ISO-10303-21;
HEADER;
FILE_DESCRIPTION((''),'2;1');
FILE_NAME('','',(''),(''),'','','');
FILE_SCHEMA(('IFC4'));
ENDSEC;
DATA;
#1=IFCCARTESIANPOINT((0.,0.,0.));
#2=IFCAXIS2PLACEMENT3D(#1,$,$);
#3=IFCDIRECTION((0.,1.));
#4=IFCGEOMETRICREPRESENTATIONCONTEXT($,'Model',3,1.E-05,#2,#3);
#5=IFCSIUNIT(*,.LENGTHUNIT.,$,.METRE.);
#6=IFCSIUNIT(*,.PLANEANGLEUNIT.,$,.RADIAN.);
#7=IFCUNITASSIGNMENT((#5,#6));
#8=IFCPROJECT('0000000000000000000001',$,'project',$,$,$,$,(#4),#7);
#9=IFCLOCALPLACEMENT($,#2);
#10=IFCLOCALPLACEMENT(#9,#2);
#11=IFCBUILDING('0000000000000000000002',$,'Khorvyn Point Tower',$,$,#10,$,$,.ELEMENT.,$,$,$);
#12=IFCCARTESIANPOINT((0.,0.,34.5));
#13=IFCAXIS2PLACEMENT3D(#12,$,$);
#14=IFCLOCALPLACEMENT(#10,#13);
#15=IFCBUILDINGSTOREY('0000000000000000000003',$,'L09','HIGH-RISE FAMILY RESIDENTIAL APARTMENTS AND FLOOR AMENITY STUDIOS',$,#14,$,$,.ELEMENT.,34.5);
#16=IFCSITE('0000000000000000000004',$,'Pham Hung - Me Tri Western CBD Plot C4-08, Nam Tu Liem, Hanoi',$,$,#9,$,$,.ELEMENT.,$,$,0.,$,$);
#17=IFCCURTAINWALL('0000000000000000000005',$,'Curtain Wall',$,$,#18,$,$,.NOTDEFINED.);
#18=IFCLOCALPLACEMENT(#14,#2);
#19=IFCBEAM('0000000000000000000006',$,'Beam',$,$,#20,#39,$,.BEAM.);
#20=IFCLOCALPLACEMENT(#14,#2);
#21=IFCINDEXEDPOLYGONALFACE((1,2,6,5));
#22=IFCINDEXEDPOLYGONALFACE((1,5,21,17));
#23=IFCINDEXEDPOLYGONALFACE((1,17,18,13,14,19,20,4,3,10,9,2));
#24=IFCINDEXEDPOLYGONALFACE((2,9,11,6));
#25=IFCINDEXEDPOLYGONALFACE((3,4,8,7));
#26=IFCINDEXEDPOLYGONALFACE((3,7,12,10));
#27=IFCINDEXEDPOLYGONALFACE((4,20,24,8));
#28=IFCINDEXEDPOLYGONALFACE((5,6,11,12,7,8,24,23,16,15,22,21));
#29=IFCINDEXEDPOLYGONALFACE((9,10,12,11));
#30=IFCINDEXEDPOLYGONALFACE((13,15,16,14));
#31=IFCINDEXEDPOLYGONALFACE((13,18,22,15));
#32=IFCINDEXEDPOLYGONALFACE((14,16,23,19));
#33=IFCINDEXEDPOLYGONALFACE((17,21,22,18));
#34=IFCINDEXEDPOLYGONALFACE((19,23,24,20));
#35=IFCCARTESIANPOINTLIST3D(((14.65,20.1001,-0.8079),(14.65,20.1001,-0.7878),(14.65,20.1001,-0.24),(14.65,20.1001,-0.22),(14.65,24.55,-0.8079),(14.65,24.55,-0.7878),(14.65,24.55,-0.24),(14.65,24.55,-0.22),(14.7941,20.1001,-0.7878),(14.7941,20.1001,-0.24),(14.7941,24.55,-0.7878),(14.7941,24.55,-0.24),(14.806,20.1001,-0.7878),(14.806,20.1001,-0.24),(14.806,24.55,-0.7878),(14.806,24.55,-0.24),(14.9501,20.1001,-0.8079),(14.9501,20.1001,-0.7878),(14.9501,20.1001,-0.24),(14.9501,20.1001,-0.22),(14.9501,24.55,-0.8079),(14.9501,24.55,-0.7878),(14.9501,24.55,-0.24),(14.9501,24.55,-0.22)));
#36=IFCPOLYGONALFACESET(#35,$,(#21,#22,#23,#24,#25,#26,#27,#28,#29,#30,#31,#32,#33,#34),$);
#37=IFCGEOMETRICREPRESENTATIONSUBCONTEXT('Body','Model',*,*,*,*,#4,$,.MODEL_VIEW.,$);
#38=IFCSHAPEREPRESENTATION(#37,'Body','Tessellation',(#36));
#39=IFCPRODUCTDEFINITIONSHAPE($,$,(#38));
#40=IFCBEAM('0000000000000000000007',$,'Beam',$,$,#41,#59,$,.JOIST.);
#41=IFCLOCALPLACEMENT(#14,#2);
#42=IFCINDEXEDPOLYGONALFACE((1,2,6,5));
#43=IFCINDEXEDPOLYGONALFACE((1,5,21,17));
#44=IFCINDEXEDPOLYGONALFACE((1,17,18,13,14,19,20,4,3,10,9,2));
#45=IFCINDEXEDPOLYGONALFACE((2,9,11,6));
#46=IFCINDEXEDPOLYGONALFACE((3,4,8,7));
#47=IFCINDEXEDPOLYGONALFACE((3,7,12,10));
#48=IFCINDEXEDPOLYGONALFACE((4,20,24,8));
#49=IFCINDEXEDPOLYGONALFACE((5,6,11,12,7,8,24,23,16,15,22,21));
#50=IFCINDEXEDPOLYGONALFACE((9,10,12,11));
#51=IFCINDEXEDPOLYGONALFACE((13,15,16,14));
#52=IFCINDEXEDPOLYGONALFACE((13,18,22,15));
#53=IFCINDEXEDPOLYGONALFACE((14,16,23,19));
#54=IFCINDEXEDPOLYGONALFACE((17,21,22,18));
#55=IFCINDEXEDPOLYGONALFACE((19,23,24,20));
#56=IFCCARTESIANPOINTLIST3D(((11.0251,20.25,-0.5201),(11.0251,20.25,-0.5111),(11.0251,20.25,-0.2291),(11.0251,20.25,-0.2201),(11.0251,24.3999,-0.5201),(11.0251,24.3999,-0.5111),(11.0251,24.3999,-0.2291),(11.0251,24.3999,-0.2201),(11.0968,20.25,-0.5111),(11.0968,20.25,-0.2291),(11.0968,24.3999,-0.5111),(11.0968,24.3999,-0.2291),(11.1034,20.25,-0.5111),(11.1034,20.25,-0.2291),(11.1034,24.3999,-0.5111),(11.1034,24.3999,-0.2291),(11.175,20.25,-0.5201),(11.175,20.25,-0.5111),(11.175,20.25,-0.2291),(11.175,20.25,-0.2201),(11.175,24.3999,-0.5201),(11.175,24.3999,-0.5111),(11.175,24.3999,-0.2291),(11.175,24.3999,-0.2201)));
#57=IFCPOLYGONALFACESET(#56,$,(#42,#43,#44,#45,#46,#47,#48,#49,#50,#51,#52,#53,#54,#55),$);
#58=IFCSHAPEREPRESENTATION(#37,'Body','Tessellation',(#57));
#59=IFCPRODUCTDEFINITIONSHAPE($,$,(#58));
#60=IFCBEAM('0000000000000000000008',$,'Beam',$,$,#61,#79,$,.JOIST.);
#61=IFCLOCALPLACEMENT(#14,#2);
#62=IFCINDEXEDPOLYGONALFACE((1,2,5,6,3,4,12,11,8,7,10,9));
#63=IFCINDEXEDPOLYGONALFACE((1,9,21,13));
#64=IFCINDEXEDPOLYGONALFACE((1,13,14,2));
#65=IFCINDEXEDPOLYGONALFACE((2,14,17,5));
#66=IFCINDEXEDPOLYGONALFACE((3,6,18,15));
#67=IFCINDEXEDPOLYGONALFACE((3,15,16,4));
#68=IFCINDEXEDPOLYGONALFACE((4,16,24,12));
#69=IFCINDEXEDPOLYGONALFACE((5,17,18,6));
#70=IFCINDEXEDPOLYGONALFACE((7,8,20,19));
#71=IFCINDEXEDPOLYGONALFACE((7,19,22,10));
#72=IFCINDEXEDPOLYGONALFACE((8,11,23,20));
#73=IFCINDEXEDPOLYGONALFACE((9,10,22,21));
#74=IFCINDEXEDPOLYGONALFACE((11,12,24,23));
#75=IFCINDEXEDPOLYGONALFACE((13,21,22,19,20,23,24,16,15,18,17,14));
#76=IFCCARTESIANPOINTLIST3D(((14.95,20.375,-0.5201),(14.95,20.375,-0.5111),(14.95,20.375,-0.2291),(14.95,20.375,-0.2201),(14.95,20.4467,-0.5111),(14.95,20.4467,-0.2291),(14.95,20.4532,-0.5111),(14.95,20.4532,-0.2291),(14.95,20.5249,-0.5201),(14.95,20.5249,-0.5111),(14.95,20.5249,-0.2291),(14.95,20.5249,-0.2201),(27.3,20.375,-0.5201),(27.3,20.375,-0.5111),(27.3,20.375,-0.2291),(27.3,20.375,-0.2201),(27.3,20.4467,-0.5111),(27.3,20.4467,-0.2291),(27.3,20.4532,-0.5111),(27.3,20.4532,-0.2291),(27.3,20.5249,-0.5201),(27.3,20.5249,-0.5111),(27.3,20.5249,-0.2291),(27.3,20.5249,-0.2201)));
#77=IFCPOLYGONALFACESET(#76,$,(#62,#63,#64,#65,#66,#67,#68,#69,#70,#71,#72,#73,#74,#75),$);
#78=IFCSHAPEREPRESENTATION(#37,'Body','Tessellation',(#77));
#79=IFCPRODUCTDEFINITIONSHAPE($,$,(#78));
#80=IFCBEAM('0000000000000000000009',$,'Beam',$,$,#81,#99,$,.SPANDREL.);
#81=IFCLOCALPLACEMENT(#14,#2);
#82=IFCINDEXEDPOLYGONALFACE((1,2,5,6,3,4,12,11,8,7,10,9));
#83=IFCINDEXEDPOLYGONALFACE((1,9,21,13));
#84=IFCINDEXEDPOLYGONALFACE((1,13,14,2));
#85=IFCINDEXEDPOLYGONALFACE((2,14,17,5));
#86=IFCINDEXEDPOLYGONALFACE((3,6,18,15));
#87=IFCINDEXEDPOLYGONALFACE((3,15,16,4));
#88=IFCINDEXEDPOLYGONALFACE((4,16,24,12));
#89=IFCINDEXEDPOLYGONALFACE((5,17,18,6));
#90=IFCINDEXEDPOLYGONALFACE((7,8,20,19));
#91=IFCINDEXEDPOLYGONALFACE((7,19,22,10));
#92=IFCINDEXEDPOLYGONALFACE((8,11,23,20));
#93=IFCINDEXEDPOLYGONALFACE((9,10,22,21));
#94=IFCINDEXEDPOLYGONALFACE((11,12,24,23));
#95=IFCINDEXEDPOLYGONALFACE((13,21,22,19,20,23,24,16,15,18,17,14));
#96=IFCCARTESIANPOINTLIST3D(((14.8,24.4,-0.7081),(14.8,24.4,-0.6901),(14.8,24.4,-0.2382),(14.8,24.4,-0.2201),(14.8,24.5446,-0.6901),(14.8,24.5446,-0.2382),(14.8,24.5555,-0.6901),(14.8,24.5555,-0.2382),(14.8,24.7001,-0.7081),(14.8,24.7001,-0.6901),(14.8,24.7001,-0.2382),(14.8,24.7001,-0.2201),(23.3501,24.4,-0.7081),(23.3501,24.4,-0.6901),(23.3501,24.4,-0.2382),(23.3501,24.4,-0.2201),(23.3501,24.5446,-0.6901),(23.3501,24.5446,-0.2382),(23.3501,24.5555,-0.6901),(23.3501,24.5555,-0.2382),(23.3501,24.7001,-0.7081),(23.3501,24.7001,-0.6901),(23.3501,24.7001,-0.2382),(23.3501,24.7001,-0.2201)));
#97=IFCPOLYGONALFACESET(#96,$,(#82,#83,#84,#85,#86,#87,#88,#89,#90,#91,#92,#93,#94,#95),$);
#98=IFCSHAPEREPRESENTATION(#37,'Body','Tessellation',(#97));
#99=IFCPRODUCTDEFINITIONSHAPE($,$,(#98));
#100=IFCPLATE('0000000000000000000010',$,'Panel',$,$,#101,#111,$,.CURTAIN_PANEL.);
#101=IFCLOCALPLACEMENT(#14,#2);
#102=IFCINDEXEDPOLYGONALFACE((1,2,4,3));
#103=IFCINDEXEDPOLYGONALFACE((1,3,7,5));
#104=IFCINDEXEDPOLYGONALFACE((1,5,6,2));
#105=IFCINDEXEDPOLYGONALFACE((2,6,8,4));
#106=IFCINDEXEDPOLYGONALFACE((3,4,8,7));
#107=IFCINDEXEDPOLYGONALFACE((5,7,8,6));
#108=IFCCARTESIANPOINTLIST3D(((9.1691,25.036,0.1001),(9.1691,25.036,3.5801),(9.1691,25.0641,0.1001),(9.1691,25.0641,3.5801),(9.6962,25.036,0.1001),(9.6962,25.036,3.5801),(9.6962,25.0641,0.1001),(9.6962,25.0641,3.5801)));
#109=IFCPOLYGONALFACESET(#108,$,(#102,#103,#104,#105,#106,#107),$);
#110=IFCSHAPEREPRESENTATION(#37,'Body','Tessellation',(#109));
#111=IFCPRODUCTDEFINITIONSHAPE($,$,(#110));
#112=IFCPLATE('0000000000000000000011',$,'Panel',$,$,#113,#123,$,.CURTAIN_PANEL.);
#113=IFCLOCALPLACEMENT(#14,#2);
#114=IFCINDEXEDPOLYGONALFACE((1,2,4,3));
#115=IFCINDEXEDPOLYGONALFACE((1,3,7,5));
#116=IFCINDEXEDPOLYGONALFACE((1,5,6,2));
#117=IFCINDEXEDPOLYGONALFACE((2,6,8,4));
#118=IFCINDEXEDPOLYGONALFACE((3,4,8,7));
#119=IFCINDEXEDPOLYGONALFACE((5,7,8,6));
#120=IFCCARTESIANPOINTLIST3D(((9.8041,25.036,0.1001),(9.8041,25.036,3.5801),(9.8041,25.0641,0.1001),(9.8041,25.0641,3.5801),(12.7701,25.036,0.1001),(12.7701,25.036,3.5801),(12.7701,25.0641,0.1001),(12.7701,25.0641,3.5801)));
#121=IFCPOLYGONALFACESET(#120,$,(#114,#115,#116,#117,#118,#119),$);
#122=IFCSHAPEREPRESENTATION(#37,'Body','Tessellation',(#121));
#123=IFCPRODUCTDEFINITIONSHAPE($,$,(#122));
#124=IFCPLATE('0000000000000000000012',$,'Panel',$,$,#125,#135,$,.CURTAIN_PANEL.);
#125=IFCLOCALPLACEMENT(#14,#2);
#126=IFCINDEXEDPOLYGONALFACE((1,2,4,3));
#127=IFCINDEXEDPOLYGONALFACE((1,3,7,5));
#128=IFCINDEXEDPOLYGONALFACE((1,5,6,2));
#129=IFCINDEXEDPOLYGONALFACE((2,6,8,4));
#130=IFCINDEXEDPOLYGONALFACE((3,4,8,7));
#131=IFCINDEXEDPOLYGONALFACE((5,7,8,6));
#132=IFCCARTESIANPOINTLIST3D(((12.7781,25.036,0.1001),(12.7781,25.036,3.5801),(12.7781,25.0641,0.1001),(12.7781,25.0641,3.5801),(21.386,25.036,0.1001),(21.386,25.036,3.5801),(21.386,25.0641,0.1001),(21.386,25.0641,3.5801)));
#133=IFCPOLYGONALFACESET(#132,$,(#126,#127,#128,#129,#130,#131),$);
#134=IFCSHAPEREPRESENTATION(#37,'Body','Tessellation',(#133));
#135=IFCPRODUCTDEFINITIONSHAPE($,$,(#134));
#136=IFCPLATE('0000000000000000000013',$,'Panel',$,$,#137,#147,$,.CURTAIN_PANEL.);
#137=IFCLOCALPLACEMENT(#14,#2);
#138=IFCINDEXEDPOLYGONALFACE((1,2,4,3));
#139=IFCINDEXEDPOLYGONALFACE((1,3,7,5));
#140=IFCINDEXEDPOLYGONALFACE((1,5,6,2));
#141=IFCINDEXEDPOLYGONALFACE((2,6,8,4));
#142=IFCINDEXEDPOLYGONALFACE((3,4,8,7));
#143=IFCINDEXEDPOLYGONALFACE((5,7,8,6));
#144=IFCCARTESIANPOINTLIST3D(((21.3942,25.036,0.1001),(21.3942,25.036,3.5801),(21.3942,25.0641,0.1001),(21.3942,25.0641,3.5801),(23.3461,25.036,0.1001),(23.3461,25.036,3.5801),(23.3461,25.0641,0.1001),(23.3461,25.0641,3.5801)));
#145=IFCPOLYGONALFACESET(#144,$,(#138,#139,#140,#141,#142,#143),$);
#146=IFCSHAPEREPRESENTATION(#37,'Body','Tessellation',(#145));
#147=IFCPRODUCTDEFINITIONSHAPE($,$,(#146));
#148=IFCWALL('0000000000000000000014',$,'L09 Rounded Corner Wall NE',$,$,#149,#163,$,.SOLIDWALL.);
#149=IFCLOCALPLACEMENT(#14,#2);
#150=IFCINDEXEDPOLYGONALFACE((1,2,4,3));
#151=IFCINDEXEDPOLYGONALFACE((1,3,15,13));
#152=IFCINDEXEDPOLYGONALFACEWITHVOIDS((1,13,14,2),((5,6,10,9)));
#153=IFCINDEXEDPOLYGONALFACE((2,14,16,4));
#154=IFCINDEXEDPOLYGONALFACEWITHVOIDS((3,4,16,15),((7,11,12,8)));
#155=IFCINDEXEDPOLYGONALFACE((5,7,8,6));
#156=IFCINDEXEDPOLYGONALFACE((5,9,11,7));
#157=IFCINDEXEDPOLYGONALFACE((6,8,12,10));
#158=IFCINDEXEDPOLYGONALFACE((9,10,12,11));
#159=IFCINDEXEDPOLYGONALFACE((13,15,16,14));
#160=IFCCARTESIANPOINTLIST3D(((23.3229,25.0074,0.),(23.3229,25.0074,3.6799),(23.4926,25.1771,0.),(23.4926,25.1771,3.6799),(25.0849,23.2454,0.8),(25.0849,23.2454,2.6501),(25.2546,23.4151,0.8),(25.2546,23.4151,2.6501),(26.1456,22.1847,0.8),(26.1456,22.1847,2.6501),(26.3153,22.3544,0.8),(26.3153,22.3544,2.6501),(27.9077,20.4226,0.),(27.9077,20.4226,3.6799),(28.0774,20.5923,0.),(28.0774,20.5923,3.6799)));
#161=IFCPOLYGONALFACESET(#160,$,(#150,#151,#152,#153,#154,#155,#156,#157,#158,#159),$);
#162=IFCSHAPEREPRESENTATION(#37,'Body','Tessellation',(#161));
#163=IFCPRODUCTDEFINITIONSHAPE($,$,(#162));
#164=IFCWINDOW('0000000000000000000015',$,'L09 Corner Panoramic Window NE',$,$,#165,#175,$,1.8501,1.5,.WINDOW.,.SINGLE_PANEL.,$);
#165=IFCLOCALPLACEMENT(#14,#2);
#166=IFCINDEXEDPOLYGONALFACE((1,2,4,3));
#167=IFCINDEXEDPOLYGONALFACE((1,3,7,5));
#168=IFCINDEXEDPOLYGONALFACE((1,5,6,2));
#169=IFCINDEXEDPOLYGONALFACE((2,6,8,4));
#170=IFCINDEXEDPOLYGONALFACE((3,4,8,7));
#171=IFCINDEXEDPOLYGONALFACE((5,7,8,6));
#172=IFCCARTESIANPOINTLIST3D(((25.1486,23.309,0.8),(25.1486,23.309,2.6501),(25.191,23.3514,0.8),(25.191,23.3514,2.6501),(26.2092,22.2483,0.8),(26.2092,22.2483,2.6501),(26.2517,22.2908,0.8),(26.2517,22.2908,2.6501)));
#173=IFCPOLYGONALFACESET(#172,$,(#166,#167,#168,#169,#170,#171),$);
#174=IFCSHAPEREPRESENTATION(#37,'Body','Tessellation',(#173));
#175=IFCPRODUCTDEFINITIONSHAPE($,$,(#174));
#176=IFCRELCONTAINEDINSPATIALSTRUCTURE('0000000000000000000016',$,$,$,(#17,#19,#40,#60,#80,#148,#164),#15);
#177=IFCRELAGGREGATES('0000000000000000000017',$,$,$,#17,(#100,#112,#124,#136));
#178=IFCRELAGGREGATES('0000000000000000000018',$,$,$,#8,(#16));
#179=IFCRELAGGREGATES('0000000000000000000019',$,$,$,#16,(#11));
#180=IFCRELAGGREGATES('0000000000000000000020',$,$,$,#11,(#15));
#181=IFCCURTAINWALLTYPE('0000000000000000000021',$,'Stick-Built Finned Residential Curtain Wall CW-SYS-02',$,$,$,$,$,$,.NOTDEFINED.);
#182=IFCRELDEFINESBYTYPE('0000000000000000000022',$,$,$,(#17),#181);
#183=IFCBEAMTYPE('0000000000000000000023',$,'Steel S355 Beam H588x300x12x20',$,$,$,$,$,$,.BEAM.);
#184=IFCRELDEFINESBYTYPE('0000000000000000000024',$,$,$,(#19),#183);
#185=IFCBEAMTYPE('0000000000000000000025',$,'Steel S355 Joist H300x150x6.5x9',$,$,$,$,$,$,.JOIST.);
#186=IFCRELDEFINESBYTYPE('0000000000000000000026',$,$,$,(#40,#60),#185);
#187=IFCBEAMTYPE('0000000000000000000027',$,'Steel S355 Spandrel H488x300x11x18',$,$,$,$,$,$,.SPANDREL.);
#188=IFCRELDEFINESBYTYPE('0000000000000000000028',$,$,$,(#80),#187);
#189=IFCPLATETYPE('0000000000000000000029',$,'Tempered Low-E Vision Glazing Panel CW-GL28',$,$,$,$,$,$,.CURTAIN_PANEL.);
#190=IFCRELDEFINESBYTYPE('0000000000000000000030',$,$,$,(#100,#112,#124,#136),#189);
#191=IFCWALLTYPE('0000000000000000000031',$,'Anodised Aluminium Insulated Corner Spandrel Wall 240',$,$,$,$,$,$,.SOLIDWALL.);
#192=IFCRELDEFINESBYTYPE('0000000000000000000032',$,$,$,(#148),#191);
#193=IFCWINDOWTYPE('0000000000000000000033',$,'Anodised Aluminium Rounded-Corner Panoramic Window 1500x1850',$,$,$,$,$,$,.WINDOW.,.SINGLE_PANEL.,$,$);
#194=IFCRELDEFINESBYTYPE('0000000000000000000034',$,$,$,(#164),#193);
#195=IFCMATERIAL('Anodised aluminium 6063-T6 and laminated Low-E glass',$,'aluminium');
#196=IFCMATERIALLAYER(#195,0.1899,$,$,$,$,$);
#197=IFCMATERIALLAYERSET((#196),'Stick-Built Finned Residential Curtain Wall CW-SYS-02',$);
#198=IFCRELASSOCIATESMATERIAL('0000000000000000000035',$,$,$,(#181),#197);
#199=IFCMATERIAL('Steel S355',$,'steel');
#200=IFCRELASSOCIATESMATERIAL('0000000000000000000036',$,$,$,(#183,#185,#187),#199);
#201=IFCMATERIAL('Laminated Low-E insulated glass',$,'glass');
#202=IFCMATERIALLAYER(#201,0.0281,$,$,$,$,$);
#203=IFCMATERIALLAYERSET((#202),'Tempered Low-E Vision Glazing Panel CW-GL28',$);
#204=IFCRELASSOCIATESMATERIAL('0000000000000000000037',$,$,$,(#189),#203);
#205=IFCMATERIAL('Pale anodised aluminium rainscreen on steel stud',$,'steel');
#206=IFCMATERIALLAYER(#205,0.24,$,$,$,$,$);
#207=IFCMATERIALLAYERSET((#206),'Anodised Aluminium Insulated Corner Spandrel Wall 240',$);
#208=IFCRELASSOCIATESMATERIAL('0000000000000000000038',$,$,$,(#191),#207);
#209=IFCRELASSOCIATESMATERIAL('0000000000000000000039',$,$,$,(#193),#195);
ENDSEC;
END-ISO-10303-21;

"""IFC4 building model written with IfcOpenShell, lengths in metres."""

from ifc_helpers import new_model, si_unit, direction, frame, frame_2d, origin, origin_2d, place, context, subcontext, project, spatial, rectangle, i_section, extrude, material, layer, layer_set, material_profile, profile_set, type_object, element, fill, aggregate, save


model = new_model("IFC4")

# Units and contexts
model_context = context("Model", 3, precision=1e-05, world=origin(), true_north=direction((0.0, 1.0)))
body_context = subcontext(model_context, "Body", "Model", "MODEL_VIEW")
ifc_project = project(units=[si_unit("LENGTHUNIT", "METRE"), si_unit("PLANEANGLEUNIT", "RADIAN")], contexts=[model_context])

# Site, building, storey
site_placement = place(None, origin())
site = spatial("IfcSite", under=ifc_project, at=site_placement, Name="Pham Hung - Me Tri Western CBD Plot C4-08, Nam Tu Liem, Hanoi", CompositionType="ELEMENT", RefElevation=0.0)
building_placement = place(site_placement, origin())
building = spatial("IfcBuilding", under=site, at=building_placement, Name="Khorvyn Point Tower", CompositionType="ELEMENT")
storey_placement = place(building_placement, frame((0.0, 0.0, 34.5)))
storey = spatial("IfcBuildingStorey", under=building, at=storey_placement, Name="L09", Description="HIGH-RISE FAMILY RESIDENTIAL APARTMENTS AND FLOOR AMENITY STUDIOS", CompositionType="ELEMENT", Elevation=34.5)

# Curtain wall
ifc_material_1 = material(Name="Anodised aluminium 6063-T6 and laminated Low-E glass", Category="aluminium")
ifc_layer_1 = layer(ifc_material_1, 0.1899)
ifc_layer_set_1 = layer_set([ifc_layer_1], Name="Stick-Built Finned Residential Curtain Wall CW-SYS-02")
curtain_wall_type = type_object("IfcCurtainWallType", Name="Stick-Built Finned Residential Curtain Wall CW-SYS-02", PredefinedType="NOTDEFINED", material=ifc_layer_set_1)
curtain_wall_1_placement = place(storey_placement, origin())
curtain_wall_1 = element("IfcCurtainWall", 1, at=curtain_wall_1_placement, inside=storey, type_object=curtain_wall_type, Name="Curtain Wall", PredefinedType="NOTDEFINED")

# Beams
ifc_material_2 = material(Name="Steel S355", Category="steel")
ifc_material_profile_1 = material_profile(ifc_material_2, i_section(OverallWidth=0.3, OverallDepth=0.5879, WebThickness=0.012, FlangeThickness=0.02, at=origin_2d()))
ifc_profile_set_1 = profile_set([ifc_material_profile_1], Name="Steel S355 H588x300x12x20")
beam_type_1 = type_object("IfcBeamType", Name="Steel S355 Beam H588x300x12x20", PredefinedType="BEAM", material=ifc_profile_set_1)
beam_1_placement = place(storey_placement, frame((14.8, 20.1001, -0.5139), z_axis=(0.0, 1.0, 0.0), x_axis=(-1.0, 0.0, 0.0)))
element("IfcBeam", 2, at=beam_1_placement, inside=storey, type_object=beam_type_1, Name="Beam", PredefinedType="BEAM", context=body_context, shape_type="SweptSolid", body=[
    extrude(i_section(OverallWidth=0.3, OverallDepth=0.5879, WebThickness=0.012, FlangeThickness=0.02, at=origin_2d()), origin(), (0.0, 0.0, 1.0), 4.45),
])
ifc_material_profile_2 = material_profile(ifc_material_2, i_section(OverallWidth=0.1499, OverallDepth=0.3, WebThickness=0.0066, FlangeThickness=0.009, at=origin_2d()))
ifc_profile_set_2 = profile_set([ifc_material_profile_2], Name="Steel S355 H300x150x6.5x9")
beam_type_2 = type_object("IfcBeamType", Name="Steel S355 Joist H300x150x6.5x9", PredefinedType="JOIST", material=ifc_profile_set_2)
beam_2_placement = place(storey_placement, frame((11.1001, 20.25, -0.3701), z_axis=(0.0, 1.0, 0.0), x_axis=(-1.0, 0.0, 0.0)))
element("IfcBeam", 3, at=beam_2_placement, inside=storey, type_object=beam_type_2, Name="Beam", PredefinedType="JOIST", context=body_context, shape_type="SweptSolid", body=[
    extrude(i_section(OverallWidth=0.1499, OverallDepth=0.3, WebThickness=0.0066, FlangeThickness=0.009, at=origin_2d()), origin(), (0.0, 0.0, 1.0), 4.1499),
])
beam_3_placement = place(storey_placement, frame((14.95, 20.45, -0.3701), z_axis=(1.0, 0.0, 0.0), x_axis=(0.0, 1.0, 0.0)))
element("IfcBeam", 4, at=beam_3_placement, inside=storey, type_object=beam_type_2, Name="Beam", PredefinedType="JOIST", context=body_context, shape_type="SweptSolid", body=[
    extrude(i_section(OverallWidth=0.1499, OverallDepth=0.3, WebThickness=0.0066, FlangeThickness=0.009, at=origin_2d()), origin(), (0.0, 0.0, 1.0), 12.3501),
])
ifc_material_profile_3 = material_profile(ifc_material_2, i_section(OverallWidth=0.3, OverallDepth=0.488, WebThickness=0.011, FlangeThickness=0.0181, at=origin_2d()))
ifc_profile_set_3 = profile_set([ifc_material_profile_3], Name="Steel S355 H488x300x11x18")
beam_type_3 = type_object("IfcBeamType", Name="Steel S355 Spandrel H488x300x11x18", PredefinedType="SPANDREL", material=ifc_profile_set_3)
beam_4_placement = place(storey_placement, frame((14.8, 24.55, -0.4641), z_axis=(1.0, 0.0, 0.0), x_axis=(0.0, 1.0, 0.0)))
element("IfcBeam", 5, at=beam_4_placement, inside=storey, type_object=beam_type_3, Name="Beam", PredefinedType="SPANDREL", context=body_context, shape_type="SweptSolid", body=[
    extrude(i_section(OverallWidth=0.3, OverallDepth=0.488, WebThickness=0.011, FlangeThickness=0.0181, at=origin_2d()), origin(), (0.0, 0.0, 1.0), 8.55),
])

# Plates
ifc_material_3 = material(Name="Laminated Low-E insulated glass", Category="glass")
ifc_layer_2 = layer(ifc_material_3, 0.0281)
ifc_layer_set_2 = layer_set([ifc_layer_2], Name="Tempered Low-E Vision Glazing Panel CW-GL28")
plate_type = type_object("IfcPlateType", Name="Tempered Low-E Vision Glazing Panel CW-GL28", PredefinedType="CURTAIN_PANEL", material=ifc_layer_set_2)
plate_1_placement = place(storey_placement, frame((9.4326, 25.05, 0.1001), z_axis=(0.0, 0.0, 1.0), x_axis=(1.0, 0.0, 0.0)))
plate_1 = element("IfcPlate", 6, at=plate_1_placement, type_object=plate_type, Name="Panel", PredefinedType="CURTAIN_PANEL", context=body_context, shape_type="SweptSolid", body=[
    extrude(rectangle(XDim=0.5271, YDim=0.0281, at=origin_2d()), origin(), (0.0, 0.0, 1.0), 3.48),
])
plate_2_placement = place(storey_placement, frame((11.2871, 25.05, 0.1001), z_axis=(0.0, 0.0, 1.0), x_axis=(1.0, 0.0, 0.0)))
plate_2 = element("IfcPlate", 7, at=plate_2_placement, type_object=plate_type, Name="Panel", PredefinedType="CURTAIN_PANEL", context=body_context, shape_type="SweptSolid", body=[
    extrude(rectangle(XDim=2.9661, YDim=0.0281, at=origin_2d()), origin(), (0.0, 0.0, 1.0), 3.48),
])
plate_3_placement = place(storey_placement, frame((17.082, 25.05, 0.1001), z_axis=(0.0, 0.0, 1.0), x_axis=(1.0, 0.0, 0.0)))
plate_3 = element("IfcPlate", 8, at=plate_3_placement, type_object=plate_type, Name="Panel", PredefinedType="CURTAIN_PANEL", context=body_context, shape_type="SweptSolid", body=[
    extrude(rectangle(XDim=8.6079, YDim=0.0281, at=origin_2d()), origin(), (0.0, 0.0, 1.0), 3.48),
])
plate_4_placement = place(storey_placement, frame((22.3701, 25.05, 0.1001), z_axis=(0.0, 0.0, 1.0), x_axis=(1.0, 0.0, 0.0)))
plate_4 = element("IfcPlate", 9, at=plate_4_placement, type_object=plate_type, Name="Panel", PredefinedType="CURTAIN_PANEL", context=body_context, shape_type="SweptSolid", body=[
    extrude(rectangle(XDim=1.9519, YDim=0.0281, at=origin_2d()), origin(), (0.0, 0.0, 1.0), 3.48),
])
aggregate(curtain_wall_1, [plate_1, plate_2, plate_3, plate_4])

# Wall, opening, window
ifc_material_4 = material(Name="Pale anodised aluminium rainscreen on steel stud", Category="steel")
ifc_layer_3 = layer(ifc_material_4, 0.24)
ifc_layer_set_3 = layer_set([ifc_layer_3], Name="Anodised Aluminium Insulated Corner Spandrel Wall 240")
wall_type_1 = type_object("IfcWallType", Name="Anodised Aluminium Insulated Corner Spandrel Wall 240", PredefinedType="SOLIDWALL", material=ifc_layer_set_3)
wall_1_placement = place(storey_placement, frame((23.4077, 25.0923, 0.0), z_axis=(0.0, 0.0, 1.0), x_axis=(0.707107, -0.707107, 0.0)))
wall_1 = element("IfcWall", 10, at=wall_1_placement, inside=storey, type_object=wall_type_1, Name="L09 Rounded Corner Wall NE", PredefinedType="SOLIDWALL", context=body_context, shape_type="SweptSolid", body=[
    extrude(rectangle(XDim=6.4839, YDim=0.24, at=frame_2d((3.2419, 0.0))), origin(), (0.0, 0.0, 1.0), 3.6799),
])
opening_1_placement = place(wall_1_placement, frame((2.4919, 0.0, 0.8)))
opening_1 = element("IfcOpeningElement", 11, at=opening_1_placement, cuts=wall_1, PredefinedType="OPENING", context=body_context, shape_type="SweptSolid", body=[
    extrude(rectangle(XDim=1.5, YDim=1.8501, at=frame_2d((0.75, 0.925))), frame((0.0, 0.1299, 0.0), z_axis=(0.0, -1.0, 0.0), x_axis=(1.0, 0.0, 0.0)), (0.0, 0.0, 1.0), 0.26),
])
window_type = type_object("IfcWindowType", Name="Anodised Aluminium Rounded-Corner Panoramic Window 1500x1850", PartitioningType="SINGLE_PANEL", PredefinedType="WINDOW", material=ifc_material_1)
window_placement = place(opening_1_placement, origin())
window = element("IfcWindow", 12, at=window_placement, inside=storey, type_object=window_type, Name="L09 Corner Panoramic Window NE", OverallHeight=1.8501, OverallWidth=1.5, PartitioningType="SINGLE_PANEL", PredefinedType="WINDOW", context=body_context, shape_type="SweptSolid", body=[
    extrude(rectangle(XDim=1.5, YDim=1.8501, at=frame_2d((0.75, 0.925))), frame((0.0, 0.03, 0.0), z_axis=(0.0, -1.0, 0.0), x_axis=(1.0, 0.0, 0.0)), (0.0, 0.0, 1.0), 0.0601),
])
fill(opening_1, window)

save(model, "model.ifc")
